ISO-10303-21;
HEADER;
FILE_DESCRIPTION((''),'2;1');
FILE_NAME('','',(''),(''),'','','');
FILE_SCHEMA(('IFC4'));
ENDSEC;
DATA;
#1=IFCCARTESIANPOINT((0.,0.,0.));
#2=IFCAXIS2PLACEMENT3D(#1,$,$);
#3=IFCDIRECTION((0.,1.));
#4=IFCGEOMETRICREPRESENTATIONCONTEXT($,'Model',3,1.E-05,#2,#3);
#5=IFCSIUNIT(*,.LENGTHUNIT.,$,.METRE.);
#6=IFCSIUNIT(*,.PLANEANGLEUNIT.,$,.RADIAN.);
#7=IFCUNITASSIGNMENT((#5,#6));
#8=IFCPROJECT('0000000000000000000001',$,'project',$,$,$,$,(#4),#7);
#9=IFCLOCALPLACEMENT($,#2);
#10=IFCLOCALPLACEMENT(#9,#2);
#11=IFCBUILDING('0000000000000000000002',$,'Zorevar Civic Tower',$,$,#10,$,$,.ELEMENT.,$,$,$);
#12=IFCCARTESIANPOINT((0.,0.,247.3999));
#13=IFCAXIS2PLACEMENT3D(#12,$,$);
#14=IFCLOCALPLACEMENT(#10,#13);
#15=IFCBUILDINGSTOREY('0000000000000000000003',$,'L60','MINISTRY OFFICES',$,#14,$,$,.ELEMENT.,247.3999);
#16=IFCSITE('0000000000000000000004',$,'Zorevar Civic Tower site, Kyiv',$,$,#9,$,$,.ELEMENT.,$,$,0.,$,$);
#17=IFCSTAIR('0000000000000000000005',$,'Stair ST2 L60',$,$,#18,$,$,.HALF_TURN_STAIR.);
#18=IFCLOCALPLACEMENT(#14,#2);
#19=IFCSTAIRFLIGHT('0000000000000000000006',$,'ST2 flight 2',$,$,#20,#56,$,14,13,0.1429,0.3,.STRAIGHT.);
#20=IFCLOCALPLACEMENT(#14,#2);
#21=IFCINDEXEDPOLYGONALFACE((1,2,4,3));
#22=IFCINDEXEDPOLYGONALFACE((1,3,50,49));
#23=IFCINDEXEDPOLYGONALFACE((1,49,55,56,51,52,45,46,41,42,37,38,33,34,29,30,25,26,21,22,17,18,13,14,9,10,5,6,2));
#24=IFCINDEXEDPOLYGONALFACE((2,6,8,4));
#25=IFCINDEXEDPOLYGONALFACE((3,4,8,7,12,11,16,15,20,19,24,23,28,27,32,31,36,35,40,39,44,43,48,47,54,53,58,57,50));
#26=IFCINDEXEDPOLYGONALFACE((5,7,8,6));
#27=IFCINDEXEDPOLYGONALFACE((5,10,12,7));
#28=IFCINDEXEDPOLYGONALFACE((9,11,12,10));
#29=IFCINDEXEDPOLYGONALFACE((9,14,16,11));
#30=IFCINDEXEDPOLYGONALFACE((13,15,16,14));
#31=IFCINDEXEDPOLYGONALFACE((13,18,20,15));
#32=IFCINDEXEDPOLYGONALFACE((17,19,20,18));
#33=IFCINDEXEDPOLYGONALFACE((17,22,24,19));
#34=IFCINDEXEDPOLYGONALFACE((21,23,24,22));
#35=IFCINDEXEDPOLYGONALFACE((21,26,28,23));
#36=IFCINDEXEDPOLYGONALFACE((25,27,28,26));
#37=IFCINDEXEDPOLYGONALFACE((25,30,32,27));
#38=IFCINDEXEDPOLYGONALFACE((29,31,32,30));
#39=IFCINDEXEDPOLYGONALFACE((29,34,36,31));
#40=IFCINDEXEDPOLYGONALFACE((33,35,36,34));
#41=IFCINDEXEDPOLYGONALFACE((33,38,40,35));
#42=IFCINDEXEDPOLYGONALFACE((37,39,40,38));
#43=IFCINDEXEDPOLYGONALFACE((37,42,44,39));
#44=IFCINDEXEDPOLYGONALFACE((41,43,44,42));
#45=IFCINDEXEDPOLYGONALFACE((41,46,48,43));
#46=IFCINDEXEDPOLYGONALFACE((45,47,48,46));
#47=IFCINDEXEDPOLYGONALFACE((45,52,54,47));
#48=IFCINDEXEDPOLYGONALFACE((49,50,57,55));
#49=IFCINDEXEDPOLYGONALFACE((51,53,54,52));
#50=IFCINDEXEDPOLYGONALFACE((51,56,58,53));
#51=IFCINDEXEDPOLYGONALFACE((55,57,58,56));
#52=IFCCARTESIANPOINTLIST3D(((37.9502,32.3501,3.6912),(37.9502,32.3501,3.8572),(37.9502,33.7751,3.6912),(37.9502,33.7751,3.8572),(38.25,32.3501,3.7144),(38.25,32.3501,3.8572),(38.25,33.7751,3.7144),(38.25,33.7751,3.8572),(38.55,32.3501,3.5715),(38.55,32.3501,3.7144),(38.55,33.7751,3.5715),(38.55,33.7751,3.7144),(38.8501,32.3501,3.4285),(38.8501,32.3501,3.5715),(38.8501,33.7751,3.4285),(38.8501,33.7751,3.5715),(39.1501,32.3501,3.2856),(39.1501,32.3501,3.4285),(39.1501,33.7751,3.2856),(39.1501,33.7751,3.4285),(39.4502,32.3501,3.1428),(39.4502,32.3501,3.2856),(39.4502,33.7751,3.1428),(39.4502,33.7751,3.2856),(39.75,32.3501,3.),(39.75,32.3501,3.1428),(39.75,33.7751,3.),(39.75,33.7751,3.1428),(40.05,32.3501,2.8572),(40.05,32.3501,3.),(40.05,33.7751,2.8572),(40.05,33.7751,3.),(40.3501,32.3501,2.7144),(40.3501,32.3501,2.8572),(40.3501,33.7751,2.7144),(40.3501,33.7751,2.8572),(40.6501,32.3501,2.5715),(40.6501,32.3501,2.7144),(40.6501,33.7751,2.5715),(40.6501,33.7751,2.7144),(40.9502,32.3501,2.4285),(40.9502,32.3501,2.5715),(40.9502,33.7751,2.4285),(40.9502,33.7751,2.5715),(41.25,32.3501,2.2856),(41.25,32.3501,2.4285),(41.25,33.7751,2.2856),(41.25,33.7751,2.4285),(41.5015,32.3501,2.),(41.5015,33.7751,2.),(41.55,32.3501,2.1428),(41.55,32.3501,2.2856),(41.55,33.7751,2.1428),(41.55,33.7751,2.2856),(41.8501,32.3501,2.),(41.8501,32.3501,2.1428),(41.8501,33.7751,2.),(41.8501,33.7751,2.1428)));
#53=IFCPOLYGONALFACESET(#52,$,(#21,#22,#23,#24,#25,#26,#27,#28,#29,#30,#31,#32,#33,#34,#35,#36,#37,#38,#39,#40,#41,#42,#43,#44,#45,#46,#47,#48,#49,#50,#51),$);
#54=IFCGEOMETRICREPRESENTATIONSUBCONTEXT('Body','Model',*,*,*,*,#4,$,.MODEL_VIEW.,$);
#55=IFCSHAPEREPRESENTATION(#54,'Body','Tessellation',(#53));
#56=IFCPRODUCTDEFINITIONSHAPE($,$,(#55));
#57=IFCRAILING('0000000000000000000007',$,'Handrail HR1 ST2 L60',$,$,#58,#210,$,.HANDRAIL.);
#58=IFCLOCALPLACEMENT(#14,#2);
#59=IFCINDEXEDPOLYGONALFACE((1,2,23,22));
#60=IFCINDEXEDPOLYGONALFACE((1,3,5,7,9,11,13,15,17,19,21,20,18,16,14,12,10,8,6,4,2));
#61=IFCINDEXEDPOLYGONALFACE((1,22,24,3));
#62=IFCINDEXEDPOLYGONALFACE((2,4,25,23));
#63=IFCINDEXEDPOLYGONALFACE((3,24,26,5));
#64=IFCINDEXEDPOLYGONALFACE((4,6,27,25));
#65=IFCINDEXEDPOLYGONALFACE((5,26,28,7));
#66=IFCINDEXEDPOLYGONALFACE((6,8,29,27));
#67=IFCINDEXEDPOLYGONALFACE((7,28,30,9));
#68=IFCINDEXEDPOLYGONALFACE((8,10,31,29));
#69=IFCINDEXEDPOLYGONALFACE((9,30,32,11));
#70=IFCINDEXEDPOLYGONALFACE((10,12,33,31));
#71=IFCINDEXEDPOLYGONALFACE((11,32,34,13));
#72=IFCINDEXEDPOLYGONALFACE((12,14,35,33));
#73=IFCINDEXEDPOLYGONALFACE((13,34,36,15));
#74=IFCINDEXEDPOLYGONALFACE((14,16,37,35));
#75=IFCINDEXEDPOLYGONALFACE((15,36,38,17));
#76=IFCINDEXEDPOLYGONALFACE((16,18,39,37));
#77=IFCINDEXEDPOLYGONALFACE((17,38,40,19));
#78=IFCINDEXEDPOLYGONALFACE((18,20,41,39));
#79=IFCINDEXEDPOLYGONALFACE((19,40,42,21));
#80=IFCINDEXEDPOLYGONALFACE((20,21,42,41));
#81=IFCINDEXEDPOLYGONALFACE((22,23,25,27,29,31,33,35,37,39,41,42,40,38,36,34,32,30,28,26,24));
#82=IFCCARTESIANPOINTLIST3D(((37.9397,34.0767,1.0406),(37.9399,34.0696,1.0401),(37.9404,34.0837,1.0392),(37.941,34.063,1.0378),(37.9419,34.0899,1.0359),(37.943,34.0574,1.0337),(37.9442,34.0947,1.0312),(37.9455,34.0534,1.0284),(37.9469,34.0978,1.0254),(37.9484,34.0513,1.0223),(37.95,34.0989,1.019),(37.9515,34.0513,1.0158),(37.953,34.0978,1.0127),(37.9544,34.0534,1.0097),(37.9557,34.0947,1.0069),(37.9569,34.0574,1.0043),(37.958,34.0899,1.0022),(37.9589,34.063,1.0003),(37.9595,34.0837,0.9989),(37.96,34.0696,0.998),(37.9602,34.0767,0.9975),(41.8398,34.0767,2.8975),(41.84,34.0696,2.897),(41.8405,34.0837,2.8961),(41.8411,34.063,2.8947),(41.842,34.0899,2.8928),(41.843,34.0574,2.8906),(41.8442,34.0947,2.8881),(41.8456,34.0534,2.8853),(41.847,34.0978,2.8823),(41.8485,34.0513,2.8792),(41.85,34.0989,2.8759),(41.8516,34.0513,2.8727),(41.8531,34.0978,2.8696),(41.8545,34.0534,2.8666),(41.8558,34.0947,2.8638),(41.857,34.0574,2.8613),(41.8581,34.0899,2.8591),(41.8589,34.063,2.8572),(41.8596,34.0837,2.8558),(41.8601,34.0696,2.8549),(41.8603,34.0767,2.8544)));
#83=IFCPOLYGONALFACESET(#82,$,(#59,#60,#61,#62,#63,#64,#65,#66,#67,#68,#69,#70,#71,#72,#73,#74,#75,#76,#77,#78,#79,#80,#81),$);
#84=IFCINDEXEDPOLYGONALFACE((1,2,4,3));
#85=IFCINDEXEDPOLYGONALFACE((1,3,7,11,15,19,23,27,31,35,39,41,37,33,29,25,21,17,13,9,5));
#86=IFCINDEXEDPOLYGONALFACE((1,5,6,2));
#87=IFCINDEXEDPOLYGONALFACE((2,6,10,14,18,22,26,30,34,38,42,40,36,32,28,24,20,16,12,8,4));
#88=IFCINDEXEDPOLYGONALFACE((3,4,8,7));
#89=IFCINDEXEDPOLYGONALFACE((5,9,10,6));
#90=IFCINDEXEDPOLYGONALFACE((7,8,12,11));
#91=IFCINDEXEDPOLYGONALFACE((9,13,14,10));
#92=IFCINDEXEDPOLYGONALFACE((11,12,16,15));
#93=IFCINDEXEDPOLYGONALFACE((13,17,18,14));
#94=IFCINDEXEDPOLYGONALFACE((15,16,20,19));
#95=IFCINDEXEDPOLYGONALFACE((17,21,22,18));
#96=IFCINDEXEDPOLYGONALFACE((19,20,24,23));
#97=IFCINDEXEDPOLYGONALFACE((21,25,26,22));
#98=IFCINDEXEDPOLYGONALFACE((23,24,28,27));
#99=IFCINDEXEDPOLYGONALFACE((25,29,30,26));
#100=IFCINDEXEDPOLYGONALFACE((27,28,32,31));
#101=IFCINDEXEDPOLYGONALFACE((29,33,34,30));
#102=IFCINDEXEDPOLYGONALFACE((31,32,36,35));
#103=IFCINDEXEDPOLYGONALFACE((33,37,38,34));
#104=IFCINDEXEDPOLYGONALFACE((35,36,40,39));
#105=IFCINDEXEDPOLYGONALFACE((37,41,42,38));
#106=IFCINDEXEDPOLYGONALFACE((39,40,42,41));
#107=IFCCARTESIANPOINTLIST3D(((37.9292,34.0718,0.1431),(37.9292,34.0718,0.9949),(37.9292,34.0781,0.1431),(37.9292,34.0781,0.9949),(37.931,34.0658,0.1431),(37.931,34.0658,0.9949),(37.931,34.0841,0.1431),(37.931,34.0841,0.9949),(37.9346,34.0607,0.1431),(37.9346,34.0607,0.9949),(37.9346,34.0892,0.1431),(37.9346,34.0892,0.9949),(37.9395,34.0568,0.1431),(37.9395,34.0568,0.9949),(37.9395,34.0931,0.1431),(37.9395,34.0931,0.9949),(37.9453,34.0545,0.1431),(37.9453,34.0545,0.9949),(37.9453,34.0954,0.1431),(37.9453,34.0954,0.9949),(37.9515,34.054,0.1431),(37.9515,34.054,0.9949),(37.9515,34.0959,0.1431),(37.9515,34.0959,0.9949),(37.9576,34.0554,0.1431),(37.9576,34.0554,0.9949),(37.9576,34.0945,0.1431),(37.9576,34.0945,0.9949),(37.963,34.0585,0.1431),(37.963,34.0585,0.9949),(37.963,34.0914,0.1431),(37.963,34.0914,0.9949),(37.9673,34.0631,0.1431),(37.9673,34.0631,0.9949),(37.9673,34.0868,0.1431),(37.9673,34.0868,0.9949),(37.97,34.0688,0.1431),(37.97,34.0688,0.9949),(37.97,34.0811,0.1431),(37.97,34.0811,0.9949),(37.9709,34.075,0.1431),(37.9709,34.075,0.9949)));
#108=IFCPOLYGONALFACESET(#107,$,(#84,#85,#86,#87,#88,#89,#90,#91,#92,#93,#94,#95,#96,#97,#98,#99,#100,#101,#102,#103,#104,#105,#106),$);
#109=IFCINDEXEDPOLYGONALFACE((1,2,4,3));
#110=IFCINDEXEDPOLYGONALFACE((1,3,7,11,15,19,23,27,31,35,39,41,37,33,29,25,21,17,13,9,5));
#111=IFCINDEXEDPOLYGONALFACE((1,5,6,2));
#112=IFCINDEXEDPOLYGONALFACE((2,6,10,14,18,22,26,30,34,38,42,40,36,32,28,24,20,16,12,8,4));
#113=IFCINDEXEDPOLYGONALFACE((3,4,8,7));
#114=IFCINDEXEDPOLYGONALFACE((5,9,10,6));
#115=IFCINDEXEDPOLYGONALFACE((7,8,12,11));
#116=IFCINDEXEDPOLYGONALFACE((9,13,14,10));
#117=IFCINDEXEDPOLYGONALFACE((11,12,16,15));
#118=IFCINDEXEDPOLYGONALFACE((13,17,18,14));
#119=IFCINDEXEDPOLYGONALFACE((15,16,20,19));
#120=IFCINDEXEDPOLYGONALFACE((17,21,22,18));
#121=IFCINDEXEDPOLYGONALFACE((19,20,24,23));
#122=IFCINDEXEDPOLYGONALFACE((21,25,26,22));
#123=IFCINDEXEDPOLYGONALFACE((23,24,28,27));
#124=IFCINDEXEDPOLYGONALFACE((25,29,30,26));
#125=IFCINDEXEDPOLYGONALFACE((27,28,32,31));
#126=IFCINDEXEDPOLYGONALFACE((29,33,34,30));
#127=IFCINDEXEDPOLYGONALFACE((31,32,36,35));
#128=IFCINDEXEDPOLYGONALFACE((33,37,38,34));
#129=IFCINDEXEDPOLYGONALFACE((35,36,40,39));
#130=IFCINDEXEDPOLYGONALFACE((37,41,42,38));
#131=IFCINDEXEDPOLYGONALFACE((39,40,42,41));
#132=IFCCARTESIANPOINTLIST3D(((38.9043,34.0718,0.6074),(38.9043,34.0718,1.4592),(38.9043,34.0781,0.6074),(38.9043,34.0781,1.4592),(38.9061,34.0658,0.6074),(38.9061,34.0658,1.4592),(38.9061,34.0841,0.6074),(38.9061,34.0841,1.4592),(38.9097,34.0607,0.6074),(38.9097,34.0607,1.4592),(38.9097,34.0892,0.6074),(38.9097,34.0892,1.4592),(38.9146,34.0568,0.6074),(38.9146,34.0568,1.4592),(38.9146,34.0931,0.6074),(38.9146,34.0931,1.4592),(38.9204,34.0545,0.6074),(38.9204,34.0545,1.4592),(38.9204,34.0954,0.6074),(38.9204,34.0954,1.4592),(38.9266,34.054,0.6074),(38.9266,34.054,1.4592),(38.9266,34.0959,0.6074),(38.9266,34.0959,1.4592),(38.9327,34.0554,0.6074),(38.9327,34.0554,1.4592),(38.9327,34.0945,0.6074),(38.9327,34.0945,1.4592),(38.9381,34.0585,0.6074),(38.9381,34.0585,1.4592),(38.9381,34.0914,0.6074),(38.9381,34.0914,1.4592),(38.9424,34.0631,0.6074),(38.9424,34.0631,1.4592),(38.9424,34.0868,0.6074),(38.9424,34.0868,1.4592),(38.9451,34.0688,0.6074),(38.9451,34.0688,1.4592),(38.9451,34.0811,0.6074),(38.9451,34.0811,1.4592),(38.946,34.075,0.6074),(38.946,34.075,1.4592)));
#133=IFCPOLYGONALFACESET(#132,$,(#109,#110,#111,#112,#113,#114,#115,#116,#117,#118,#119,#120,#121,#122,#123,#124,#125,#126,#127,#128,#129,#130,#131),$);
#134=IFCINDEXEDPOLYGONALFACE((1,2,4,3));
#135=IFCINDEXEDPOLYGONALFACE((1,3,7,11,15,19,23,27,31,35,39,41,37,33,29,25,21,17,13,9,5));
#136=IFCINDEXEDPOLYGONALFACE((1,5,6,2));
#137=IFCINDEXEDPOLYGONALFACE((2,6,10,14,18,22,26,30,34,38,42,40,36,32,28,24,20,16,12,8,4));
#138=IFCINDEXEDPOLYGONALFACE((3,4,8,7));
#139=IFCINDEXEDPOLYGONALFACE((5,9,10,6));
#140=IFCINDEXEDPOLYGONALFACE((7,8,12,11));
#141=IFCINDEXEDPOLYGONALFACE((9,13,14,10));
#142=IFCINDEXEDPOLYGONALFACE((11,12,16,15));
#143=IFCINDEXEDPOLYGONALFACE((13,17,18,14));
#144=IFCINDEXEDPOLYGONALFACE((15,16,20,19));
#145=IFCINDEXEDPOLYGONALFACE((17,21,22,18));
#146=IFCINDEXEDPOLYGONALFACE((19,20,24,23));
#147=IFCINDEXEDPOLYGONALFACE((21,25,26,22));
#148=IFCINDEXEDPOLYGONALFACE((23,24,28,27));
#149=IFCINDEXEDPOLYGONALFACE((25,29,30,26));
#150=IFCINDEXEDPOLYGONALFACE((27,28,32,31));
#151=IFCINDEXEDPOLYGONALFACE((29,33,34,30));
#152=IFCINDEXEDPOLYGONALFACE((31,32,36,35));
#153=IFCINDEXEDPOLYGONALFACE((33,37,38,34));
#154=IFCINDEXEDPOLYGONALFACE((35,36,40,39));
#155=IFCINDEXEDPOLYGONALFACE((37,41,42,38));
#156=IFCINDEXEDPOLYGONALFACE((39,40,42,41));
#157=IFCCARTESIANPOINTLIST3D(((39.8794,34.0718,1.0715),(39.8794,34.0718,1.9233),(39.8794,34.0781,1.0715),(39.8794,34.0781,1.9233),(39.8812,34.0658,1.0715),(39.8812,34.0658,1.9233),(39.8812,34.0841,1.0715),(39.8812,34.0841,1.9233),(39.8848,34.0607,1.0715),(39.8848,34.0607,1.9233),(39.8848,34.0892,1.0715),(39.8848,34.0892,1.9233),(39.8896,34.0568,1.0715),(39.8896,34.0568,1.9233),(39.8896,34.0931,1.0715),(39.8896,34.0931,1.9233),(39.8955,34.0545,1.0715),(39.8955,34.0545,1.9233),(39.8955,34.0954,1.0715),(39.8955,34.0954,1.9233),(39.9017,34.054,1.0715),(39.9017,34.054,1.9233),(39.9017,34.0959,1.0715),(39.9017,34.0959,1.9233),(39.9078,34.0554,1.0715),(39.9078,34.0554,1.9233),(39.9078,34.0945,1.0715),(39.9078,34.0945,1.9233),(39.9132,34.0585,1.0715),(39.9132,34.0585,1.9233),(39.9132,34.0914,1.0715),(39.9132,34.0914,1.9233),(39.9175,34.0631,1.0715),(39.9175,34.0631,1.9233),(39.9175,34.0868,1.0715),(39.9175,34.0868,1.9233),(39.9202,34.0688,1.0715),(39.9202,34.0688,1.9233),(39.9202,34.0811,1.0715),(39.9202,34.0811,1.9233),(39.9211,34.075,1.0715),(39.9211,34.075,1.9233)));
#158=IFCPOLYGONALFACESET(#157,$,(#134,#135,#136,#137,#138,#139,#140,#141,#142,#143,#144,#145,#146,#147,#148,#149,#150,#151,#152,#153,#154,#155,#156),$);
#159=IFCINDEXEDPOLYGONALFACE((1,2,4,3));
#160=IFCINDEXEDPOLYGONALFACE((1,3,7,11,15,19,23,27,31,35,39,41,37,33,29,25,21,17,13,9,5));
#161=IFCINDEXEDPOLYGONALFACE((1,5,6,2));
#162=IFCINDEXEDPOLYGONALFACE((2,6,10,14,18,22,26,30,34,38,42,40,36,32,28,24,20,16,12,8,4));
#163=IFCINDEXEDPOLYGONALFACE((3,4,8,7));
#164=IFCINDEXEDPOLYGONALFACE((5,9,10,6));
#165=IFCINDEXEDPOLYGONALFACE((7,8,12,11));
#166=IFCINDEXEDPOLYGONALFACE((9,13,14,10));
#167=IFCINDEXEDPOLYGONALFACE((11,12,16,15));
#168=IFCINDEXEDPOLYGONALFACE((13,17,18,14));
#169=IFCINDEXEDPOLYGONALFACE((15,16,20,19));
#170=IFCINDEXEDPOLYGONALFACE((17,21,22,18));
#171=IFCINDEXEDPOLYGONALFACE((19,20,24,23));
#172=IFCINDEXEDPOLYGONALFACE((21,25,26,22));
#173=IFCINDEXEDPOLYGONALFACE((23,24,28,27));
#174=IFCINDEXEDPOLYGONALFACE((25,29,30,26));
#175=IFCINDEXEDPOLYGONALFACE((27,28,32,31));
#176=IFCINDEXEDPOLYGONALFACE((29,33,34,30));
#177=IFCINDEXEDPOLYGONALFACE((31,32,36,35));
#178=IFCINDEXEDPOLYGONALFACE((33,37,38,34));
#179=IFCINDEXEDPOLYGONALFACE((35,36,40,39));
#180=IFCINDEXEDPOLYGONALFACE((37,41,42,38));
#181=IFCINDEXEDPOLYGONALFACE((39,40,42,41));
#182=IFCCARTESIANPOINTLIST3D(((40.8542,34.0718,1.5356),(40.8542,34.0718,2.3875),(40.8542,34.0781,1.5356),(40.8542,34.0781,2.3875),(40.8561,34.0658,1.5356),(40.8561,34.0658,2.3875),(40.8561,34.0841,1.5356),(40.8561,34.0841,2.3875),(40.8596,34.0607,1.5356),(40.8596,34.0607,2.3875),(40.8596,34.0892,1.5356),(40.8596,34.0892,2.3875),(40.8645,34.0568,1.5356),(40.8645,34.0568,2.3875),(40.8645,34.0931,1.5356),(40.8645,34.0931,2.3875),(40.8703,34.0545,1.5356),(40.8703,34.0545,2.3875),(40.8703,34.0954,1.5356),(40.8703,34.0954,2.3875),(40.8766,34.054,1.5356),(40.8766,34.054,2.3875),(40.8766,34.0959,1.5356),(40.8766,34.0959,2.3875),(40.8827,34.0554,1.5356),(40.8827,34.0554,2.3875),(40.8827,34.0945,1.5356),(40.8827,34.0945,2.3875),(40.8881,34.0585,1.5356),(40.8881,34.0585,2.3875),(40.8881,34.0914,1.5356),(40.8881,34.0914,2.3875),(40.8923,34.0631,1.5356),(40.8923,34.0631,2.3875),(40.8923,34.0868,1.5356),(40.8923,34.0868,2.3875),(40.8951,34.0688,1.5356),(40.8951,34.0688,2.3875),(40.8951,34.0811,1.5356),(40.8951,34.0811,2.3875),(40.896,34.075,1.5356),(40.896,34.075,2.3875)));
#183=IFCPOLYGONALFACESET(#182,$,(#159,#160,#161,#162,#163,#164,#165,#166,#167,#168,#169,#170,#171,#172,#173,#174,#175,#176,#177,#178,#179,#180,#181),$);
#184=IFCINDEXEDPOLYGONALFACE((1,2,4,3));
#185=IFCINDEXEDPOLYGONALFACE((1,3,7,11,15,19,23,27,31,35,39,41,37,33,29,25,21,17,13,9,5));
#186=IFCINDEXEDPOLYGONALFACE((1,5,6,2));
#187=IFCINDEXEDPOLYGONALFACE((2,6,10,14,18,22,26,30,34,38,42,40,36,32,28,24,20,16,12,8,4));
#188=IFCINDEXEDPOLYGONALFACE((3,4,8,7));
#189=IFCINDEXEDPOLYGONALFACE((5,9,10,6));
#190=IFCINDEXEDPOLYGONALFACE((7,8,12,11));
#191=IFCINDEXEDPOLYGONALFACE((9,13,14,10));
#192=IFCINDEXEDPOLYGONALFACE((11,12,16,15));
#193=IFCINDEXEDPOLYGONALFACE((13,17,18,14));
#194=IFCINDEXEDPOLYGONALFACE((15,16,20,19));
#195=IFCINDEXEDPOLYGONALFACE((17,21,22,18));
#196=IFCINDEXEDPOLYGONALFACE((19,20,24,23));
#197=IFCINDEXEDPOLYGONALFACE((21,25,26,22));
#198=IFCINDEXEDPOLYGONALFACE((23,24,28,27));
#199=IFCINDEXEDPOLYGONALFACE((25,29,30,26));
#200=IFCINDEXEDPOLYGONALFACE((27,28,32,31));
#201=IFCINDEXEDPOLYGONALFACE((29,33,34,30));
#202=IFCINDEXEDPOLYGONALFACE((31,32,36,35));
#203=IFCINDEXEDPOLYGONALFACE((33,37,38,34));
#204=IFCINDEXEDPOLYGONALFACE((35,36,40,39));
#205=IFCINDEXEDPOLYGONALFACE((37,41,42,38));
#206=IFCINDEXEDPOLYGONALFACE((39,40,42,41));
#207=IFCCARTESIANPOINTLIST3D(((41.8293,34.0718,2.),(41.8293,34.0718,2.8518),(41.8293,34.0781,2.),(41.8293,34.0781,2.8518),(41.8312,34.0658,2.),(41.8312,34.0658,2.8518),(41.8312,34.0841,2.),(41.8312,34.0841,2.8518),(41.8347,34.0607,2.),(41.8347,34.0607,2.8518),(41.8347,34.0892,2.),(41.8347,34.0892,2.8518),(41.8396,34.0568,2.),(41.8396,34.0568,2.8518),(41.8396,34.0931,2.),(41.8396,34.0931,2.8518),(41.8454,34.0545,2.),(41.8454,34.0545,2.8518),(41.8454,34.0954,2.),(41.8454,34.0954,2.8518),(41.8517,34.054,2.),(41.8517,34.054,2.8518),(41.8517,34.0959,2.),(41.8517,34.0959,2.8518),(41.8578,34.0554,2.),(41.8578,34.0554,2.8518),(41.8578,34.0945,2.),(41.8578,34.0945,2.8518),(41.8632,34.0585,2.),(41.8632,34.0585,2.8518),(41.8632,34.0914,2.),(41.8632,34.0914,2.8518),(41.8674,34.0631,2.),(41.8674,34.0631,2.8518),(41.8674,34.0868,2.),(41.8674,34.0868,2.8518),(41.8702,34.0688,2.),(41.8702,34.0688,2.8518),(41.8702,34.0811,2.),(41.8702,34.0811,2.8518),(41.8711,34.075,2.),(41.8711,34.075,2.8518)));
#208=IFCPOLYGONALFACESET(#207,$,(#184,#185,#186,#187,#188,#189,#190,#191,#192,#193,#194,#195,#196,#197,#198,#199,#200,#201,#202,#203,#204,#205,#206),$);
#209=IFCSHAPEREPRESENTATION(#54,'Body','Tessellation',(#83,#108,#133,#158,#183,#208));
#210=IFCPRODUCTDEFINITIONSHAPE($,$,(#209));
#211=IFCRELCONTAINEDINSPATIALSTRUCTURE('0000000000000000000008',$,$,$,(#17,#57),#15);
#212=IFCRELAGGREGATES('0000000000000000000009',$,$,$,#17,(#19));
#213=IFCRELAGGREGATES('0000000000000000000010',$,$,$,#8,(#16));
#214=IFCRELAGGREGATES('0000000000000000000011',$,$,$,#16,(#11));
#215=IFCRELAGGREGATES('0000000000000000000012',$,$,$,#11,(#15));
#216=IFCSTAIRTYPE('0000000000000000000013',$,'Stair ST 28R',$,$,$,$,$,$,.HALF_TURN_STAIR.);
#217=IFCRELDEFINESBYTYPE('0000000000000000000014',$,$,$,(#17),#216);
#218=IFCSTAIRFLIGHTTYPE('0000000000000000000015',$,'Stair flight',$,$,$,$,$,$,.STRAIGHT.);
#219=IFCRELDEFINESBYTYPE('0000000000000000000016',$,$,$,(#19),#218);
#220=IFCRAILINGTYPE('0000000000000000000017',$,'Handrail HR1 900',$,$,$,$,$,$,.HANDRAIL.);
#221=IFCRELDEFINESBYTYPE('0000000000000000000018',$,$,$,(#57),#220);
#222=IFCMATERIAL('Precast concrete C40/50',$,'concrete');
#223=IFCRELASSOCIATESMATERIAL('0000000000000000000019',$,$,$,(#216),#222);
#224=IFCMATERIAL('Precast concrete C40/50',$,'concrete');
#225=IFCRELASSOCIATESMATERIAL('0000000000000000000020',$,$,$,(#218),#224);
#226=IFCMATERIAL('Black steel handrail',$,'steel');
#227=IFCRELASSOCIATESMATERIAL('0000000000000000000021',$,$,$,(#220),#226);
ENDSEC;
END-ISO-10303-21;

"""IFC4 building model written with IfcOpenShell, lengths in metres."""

from ifc_helpers import new_model, si_unit, direction, frame, origin, origin_2d, place, context, subcontext, project, spatial, polyline, circle, outline, extrude, material, type_object, element, aggregate, save


model = new_model("IFC4")

# Units and contexts
model_context = context("Model", 3, precision=1e-05, world=origin(), true_north=direction((0.0, 1.0)))
body_context = subcontext(model_context, "Body", "Model", "MODEL_VIEW")
ifc_project = project(units=[si_unit("LENGTHUNIT", "METRE"), si_unit("PLANEANGLEUNIT", "RADIAN")], contexts=[model_context])

# Site, building, storey
site_placement = place(None, origin())
site = spatial("IfcSite", under=ifc_project, at=site_placement, Name="Zorevar Civic Tower site, Kyiv", CompositionType="ELEMENT", RefElevation=0.0)
building_placement = place(site_placement, origin())
building = spatial("IfcBuilding", under=site, at=building_placement, Name="Zorevar Civic Tower", CompositionType="ELEMENT")
storey_placement = place(building_placement, frame((0.0, 0.0, 247.3999)))
storey = spatial("IfcBuildingStorey", under=building, at=storey_placement, Name="L60", Description="MINISTRY OFFICES", CompositionType="ELEMENT", Elevation=247.3999)

# Stair, stair flight
ifc_material_1 = material(Name="Precast concrete C40/50", Category="concrete")
stair_type = type_object("IfcStairType", Name="Stair ST 28R", PredefinedType="HALF_TURN_STAIR", material=ifc_material_1)
stair_placement = place(storey_placement, origin())
stair = element("IfcStair", 1, at=stair_placement, inside=storey, type_object=stair_type, Name="Stair ST2 L60", PredefinedType="HALF_TURN_STAIR")
ifc_material_2 = material(Name="Precast concrete C40/50", Category="concrete")
stair_flight_type = type_object("IfcStairFlightType", Name="Stair flight", PredefinedType="STRAIGHT", material=ifc_material_2)
stair_flight_1_placement = place(storey_placement, frame((41.8501, 33.0625, 2.0), z_axis=(0.0, 0.0, 1.0), x_axis=(-1.0, 0.0, 0.0)))
stair_flight_1 = element("IfcStairFlight", 2, at=stair_flight_1_placement, type_object=stair_flight_type, Name="ST2 flight 2", NumberOfRisers=14, NumberOfTreads=13, PredefinedType="STRAIGHT", RiserHeight=0.1429, TreadLength=0.3, context=body_context, shape_type="SweptSolid", body=[
    extrude(outline(polyline([(0.0, 0.0), (0.0, 0.1428), (0.3, 0.1428), (0.3, 0.2856), (0.6001, 0.2856), (0.6001, 0.4285), (0.8999, 0.4285), (0.8999, 0.5715), (1.2, 0.5715), (1.2, 0.7144), (1.5, 0.7144), (1.5, 0.8572), (1.8, 0.8572), (1.8, 1.0), (2.1001, 1.0), (2.1001, 1.1428), (2.3999, 1.1428), (2.3999, 1.2856), (2.7, 1.2856), (2.7, 1.4285), (3.0, 1.4285), (3.0, 1.5715), (3.3, 1.5715), (3.3, 1.7144), (3.6001, 1.7144), (3.6001, 1.8572), (3.8999, 1.8572), (3.8999, 2.0), (3.8999, 1.6912), (0.3486, 0.0), (0.0, 0.0)])), frame((0.0, 0.7124, 0.0), z_axis=(0.0, -1.0, 0.0), x_axis=(1.0, 0.0, 0.0)), (0.0, 0.0, 1.0), 1.425),
])
aggregate(stair, [stair_flight_1])

# Railing
ifc_material_3 = material(Name="Black steel handrail", Category="steel")
railing_type = type_object("IfcRailingType", Name="Handrail HR1 900", PredefinedType="HANDRAIL", material=ifc_material_3)
railing_placement = place(storey_placement, frame((37.95, 34.075, 0.1431)))
element("IfcRailing", 3, at=railing_placement, inside=storey, type_object=railing_type, Name="Handrail HR1 ST2 L60", PredefinedType="HANDRAIL", context=body_context, shape_type="SweptSolid", body=[
    extrude(circle(Radius=0.0239, at=origin_2d()), frame((0.0, 0.0, 0.876), z_axis=(0.902886, 0.0, 0.429881), x_axis=(0.0, 1.0, 0.0)), (0.0, 0.0, 1.0), 4.3196),
    extrude(circle(Radius=0.021, at=origin_2d()), origin(), (0.0, 0.0, 1.0), 0.8518),
    extrude(circle(Radius=0.021, at=origin_2d()), frame((0.9751, 0.0, 0.4644)), (0.0, 0.0, 1.0), 0.8518),
    extrude(circle(Radius=0.021, at=origin_2d()), frame((1.9502, 0.0, 0.9285)), (0.0, 0.0, 1.0), 0.8518),
    extrude(circle(Radius=0.021, at=origin_2d()), frame((2.925, 0.0, 1.3926)), (0.0, 0.0, 1.0), 0.8518),
    extrude(circle(Radius=0.021, at=origin_2d()), frame((3.9001, 0.0, 1.8569)), (0.0, 0.0, 1.0), 0.8518),
])

save(model, "model.ifc")
